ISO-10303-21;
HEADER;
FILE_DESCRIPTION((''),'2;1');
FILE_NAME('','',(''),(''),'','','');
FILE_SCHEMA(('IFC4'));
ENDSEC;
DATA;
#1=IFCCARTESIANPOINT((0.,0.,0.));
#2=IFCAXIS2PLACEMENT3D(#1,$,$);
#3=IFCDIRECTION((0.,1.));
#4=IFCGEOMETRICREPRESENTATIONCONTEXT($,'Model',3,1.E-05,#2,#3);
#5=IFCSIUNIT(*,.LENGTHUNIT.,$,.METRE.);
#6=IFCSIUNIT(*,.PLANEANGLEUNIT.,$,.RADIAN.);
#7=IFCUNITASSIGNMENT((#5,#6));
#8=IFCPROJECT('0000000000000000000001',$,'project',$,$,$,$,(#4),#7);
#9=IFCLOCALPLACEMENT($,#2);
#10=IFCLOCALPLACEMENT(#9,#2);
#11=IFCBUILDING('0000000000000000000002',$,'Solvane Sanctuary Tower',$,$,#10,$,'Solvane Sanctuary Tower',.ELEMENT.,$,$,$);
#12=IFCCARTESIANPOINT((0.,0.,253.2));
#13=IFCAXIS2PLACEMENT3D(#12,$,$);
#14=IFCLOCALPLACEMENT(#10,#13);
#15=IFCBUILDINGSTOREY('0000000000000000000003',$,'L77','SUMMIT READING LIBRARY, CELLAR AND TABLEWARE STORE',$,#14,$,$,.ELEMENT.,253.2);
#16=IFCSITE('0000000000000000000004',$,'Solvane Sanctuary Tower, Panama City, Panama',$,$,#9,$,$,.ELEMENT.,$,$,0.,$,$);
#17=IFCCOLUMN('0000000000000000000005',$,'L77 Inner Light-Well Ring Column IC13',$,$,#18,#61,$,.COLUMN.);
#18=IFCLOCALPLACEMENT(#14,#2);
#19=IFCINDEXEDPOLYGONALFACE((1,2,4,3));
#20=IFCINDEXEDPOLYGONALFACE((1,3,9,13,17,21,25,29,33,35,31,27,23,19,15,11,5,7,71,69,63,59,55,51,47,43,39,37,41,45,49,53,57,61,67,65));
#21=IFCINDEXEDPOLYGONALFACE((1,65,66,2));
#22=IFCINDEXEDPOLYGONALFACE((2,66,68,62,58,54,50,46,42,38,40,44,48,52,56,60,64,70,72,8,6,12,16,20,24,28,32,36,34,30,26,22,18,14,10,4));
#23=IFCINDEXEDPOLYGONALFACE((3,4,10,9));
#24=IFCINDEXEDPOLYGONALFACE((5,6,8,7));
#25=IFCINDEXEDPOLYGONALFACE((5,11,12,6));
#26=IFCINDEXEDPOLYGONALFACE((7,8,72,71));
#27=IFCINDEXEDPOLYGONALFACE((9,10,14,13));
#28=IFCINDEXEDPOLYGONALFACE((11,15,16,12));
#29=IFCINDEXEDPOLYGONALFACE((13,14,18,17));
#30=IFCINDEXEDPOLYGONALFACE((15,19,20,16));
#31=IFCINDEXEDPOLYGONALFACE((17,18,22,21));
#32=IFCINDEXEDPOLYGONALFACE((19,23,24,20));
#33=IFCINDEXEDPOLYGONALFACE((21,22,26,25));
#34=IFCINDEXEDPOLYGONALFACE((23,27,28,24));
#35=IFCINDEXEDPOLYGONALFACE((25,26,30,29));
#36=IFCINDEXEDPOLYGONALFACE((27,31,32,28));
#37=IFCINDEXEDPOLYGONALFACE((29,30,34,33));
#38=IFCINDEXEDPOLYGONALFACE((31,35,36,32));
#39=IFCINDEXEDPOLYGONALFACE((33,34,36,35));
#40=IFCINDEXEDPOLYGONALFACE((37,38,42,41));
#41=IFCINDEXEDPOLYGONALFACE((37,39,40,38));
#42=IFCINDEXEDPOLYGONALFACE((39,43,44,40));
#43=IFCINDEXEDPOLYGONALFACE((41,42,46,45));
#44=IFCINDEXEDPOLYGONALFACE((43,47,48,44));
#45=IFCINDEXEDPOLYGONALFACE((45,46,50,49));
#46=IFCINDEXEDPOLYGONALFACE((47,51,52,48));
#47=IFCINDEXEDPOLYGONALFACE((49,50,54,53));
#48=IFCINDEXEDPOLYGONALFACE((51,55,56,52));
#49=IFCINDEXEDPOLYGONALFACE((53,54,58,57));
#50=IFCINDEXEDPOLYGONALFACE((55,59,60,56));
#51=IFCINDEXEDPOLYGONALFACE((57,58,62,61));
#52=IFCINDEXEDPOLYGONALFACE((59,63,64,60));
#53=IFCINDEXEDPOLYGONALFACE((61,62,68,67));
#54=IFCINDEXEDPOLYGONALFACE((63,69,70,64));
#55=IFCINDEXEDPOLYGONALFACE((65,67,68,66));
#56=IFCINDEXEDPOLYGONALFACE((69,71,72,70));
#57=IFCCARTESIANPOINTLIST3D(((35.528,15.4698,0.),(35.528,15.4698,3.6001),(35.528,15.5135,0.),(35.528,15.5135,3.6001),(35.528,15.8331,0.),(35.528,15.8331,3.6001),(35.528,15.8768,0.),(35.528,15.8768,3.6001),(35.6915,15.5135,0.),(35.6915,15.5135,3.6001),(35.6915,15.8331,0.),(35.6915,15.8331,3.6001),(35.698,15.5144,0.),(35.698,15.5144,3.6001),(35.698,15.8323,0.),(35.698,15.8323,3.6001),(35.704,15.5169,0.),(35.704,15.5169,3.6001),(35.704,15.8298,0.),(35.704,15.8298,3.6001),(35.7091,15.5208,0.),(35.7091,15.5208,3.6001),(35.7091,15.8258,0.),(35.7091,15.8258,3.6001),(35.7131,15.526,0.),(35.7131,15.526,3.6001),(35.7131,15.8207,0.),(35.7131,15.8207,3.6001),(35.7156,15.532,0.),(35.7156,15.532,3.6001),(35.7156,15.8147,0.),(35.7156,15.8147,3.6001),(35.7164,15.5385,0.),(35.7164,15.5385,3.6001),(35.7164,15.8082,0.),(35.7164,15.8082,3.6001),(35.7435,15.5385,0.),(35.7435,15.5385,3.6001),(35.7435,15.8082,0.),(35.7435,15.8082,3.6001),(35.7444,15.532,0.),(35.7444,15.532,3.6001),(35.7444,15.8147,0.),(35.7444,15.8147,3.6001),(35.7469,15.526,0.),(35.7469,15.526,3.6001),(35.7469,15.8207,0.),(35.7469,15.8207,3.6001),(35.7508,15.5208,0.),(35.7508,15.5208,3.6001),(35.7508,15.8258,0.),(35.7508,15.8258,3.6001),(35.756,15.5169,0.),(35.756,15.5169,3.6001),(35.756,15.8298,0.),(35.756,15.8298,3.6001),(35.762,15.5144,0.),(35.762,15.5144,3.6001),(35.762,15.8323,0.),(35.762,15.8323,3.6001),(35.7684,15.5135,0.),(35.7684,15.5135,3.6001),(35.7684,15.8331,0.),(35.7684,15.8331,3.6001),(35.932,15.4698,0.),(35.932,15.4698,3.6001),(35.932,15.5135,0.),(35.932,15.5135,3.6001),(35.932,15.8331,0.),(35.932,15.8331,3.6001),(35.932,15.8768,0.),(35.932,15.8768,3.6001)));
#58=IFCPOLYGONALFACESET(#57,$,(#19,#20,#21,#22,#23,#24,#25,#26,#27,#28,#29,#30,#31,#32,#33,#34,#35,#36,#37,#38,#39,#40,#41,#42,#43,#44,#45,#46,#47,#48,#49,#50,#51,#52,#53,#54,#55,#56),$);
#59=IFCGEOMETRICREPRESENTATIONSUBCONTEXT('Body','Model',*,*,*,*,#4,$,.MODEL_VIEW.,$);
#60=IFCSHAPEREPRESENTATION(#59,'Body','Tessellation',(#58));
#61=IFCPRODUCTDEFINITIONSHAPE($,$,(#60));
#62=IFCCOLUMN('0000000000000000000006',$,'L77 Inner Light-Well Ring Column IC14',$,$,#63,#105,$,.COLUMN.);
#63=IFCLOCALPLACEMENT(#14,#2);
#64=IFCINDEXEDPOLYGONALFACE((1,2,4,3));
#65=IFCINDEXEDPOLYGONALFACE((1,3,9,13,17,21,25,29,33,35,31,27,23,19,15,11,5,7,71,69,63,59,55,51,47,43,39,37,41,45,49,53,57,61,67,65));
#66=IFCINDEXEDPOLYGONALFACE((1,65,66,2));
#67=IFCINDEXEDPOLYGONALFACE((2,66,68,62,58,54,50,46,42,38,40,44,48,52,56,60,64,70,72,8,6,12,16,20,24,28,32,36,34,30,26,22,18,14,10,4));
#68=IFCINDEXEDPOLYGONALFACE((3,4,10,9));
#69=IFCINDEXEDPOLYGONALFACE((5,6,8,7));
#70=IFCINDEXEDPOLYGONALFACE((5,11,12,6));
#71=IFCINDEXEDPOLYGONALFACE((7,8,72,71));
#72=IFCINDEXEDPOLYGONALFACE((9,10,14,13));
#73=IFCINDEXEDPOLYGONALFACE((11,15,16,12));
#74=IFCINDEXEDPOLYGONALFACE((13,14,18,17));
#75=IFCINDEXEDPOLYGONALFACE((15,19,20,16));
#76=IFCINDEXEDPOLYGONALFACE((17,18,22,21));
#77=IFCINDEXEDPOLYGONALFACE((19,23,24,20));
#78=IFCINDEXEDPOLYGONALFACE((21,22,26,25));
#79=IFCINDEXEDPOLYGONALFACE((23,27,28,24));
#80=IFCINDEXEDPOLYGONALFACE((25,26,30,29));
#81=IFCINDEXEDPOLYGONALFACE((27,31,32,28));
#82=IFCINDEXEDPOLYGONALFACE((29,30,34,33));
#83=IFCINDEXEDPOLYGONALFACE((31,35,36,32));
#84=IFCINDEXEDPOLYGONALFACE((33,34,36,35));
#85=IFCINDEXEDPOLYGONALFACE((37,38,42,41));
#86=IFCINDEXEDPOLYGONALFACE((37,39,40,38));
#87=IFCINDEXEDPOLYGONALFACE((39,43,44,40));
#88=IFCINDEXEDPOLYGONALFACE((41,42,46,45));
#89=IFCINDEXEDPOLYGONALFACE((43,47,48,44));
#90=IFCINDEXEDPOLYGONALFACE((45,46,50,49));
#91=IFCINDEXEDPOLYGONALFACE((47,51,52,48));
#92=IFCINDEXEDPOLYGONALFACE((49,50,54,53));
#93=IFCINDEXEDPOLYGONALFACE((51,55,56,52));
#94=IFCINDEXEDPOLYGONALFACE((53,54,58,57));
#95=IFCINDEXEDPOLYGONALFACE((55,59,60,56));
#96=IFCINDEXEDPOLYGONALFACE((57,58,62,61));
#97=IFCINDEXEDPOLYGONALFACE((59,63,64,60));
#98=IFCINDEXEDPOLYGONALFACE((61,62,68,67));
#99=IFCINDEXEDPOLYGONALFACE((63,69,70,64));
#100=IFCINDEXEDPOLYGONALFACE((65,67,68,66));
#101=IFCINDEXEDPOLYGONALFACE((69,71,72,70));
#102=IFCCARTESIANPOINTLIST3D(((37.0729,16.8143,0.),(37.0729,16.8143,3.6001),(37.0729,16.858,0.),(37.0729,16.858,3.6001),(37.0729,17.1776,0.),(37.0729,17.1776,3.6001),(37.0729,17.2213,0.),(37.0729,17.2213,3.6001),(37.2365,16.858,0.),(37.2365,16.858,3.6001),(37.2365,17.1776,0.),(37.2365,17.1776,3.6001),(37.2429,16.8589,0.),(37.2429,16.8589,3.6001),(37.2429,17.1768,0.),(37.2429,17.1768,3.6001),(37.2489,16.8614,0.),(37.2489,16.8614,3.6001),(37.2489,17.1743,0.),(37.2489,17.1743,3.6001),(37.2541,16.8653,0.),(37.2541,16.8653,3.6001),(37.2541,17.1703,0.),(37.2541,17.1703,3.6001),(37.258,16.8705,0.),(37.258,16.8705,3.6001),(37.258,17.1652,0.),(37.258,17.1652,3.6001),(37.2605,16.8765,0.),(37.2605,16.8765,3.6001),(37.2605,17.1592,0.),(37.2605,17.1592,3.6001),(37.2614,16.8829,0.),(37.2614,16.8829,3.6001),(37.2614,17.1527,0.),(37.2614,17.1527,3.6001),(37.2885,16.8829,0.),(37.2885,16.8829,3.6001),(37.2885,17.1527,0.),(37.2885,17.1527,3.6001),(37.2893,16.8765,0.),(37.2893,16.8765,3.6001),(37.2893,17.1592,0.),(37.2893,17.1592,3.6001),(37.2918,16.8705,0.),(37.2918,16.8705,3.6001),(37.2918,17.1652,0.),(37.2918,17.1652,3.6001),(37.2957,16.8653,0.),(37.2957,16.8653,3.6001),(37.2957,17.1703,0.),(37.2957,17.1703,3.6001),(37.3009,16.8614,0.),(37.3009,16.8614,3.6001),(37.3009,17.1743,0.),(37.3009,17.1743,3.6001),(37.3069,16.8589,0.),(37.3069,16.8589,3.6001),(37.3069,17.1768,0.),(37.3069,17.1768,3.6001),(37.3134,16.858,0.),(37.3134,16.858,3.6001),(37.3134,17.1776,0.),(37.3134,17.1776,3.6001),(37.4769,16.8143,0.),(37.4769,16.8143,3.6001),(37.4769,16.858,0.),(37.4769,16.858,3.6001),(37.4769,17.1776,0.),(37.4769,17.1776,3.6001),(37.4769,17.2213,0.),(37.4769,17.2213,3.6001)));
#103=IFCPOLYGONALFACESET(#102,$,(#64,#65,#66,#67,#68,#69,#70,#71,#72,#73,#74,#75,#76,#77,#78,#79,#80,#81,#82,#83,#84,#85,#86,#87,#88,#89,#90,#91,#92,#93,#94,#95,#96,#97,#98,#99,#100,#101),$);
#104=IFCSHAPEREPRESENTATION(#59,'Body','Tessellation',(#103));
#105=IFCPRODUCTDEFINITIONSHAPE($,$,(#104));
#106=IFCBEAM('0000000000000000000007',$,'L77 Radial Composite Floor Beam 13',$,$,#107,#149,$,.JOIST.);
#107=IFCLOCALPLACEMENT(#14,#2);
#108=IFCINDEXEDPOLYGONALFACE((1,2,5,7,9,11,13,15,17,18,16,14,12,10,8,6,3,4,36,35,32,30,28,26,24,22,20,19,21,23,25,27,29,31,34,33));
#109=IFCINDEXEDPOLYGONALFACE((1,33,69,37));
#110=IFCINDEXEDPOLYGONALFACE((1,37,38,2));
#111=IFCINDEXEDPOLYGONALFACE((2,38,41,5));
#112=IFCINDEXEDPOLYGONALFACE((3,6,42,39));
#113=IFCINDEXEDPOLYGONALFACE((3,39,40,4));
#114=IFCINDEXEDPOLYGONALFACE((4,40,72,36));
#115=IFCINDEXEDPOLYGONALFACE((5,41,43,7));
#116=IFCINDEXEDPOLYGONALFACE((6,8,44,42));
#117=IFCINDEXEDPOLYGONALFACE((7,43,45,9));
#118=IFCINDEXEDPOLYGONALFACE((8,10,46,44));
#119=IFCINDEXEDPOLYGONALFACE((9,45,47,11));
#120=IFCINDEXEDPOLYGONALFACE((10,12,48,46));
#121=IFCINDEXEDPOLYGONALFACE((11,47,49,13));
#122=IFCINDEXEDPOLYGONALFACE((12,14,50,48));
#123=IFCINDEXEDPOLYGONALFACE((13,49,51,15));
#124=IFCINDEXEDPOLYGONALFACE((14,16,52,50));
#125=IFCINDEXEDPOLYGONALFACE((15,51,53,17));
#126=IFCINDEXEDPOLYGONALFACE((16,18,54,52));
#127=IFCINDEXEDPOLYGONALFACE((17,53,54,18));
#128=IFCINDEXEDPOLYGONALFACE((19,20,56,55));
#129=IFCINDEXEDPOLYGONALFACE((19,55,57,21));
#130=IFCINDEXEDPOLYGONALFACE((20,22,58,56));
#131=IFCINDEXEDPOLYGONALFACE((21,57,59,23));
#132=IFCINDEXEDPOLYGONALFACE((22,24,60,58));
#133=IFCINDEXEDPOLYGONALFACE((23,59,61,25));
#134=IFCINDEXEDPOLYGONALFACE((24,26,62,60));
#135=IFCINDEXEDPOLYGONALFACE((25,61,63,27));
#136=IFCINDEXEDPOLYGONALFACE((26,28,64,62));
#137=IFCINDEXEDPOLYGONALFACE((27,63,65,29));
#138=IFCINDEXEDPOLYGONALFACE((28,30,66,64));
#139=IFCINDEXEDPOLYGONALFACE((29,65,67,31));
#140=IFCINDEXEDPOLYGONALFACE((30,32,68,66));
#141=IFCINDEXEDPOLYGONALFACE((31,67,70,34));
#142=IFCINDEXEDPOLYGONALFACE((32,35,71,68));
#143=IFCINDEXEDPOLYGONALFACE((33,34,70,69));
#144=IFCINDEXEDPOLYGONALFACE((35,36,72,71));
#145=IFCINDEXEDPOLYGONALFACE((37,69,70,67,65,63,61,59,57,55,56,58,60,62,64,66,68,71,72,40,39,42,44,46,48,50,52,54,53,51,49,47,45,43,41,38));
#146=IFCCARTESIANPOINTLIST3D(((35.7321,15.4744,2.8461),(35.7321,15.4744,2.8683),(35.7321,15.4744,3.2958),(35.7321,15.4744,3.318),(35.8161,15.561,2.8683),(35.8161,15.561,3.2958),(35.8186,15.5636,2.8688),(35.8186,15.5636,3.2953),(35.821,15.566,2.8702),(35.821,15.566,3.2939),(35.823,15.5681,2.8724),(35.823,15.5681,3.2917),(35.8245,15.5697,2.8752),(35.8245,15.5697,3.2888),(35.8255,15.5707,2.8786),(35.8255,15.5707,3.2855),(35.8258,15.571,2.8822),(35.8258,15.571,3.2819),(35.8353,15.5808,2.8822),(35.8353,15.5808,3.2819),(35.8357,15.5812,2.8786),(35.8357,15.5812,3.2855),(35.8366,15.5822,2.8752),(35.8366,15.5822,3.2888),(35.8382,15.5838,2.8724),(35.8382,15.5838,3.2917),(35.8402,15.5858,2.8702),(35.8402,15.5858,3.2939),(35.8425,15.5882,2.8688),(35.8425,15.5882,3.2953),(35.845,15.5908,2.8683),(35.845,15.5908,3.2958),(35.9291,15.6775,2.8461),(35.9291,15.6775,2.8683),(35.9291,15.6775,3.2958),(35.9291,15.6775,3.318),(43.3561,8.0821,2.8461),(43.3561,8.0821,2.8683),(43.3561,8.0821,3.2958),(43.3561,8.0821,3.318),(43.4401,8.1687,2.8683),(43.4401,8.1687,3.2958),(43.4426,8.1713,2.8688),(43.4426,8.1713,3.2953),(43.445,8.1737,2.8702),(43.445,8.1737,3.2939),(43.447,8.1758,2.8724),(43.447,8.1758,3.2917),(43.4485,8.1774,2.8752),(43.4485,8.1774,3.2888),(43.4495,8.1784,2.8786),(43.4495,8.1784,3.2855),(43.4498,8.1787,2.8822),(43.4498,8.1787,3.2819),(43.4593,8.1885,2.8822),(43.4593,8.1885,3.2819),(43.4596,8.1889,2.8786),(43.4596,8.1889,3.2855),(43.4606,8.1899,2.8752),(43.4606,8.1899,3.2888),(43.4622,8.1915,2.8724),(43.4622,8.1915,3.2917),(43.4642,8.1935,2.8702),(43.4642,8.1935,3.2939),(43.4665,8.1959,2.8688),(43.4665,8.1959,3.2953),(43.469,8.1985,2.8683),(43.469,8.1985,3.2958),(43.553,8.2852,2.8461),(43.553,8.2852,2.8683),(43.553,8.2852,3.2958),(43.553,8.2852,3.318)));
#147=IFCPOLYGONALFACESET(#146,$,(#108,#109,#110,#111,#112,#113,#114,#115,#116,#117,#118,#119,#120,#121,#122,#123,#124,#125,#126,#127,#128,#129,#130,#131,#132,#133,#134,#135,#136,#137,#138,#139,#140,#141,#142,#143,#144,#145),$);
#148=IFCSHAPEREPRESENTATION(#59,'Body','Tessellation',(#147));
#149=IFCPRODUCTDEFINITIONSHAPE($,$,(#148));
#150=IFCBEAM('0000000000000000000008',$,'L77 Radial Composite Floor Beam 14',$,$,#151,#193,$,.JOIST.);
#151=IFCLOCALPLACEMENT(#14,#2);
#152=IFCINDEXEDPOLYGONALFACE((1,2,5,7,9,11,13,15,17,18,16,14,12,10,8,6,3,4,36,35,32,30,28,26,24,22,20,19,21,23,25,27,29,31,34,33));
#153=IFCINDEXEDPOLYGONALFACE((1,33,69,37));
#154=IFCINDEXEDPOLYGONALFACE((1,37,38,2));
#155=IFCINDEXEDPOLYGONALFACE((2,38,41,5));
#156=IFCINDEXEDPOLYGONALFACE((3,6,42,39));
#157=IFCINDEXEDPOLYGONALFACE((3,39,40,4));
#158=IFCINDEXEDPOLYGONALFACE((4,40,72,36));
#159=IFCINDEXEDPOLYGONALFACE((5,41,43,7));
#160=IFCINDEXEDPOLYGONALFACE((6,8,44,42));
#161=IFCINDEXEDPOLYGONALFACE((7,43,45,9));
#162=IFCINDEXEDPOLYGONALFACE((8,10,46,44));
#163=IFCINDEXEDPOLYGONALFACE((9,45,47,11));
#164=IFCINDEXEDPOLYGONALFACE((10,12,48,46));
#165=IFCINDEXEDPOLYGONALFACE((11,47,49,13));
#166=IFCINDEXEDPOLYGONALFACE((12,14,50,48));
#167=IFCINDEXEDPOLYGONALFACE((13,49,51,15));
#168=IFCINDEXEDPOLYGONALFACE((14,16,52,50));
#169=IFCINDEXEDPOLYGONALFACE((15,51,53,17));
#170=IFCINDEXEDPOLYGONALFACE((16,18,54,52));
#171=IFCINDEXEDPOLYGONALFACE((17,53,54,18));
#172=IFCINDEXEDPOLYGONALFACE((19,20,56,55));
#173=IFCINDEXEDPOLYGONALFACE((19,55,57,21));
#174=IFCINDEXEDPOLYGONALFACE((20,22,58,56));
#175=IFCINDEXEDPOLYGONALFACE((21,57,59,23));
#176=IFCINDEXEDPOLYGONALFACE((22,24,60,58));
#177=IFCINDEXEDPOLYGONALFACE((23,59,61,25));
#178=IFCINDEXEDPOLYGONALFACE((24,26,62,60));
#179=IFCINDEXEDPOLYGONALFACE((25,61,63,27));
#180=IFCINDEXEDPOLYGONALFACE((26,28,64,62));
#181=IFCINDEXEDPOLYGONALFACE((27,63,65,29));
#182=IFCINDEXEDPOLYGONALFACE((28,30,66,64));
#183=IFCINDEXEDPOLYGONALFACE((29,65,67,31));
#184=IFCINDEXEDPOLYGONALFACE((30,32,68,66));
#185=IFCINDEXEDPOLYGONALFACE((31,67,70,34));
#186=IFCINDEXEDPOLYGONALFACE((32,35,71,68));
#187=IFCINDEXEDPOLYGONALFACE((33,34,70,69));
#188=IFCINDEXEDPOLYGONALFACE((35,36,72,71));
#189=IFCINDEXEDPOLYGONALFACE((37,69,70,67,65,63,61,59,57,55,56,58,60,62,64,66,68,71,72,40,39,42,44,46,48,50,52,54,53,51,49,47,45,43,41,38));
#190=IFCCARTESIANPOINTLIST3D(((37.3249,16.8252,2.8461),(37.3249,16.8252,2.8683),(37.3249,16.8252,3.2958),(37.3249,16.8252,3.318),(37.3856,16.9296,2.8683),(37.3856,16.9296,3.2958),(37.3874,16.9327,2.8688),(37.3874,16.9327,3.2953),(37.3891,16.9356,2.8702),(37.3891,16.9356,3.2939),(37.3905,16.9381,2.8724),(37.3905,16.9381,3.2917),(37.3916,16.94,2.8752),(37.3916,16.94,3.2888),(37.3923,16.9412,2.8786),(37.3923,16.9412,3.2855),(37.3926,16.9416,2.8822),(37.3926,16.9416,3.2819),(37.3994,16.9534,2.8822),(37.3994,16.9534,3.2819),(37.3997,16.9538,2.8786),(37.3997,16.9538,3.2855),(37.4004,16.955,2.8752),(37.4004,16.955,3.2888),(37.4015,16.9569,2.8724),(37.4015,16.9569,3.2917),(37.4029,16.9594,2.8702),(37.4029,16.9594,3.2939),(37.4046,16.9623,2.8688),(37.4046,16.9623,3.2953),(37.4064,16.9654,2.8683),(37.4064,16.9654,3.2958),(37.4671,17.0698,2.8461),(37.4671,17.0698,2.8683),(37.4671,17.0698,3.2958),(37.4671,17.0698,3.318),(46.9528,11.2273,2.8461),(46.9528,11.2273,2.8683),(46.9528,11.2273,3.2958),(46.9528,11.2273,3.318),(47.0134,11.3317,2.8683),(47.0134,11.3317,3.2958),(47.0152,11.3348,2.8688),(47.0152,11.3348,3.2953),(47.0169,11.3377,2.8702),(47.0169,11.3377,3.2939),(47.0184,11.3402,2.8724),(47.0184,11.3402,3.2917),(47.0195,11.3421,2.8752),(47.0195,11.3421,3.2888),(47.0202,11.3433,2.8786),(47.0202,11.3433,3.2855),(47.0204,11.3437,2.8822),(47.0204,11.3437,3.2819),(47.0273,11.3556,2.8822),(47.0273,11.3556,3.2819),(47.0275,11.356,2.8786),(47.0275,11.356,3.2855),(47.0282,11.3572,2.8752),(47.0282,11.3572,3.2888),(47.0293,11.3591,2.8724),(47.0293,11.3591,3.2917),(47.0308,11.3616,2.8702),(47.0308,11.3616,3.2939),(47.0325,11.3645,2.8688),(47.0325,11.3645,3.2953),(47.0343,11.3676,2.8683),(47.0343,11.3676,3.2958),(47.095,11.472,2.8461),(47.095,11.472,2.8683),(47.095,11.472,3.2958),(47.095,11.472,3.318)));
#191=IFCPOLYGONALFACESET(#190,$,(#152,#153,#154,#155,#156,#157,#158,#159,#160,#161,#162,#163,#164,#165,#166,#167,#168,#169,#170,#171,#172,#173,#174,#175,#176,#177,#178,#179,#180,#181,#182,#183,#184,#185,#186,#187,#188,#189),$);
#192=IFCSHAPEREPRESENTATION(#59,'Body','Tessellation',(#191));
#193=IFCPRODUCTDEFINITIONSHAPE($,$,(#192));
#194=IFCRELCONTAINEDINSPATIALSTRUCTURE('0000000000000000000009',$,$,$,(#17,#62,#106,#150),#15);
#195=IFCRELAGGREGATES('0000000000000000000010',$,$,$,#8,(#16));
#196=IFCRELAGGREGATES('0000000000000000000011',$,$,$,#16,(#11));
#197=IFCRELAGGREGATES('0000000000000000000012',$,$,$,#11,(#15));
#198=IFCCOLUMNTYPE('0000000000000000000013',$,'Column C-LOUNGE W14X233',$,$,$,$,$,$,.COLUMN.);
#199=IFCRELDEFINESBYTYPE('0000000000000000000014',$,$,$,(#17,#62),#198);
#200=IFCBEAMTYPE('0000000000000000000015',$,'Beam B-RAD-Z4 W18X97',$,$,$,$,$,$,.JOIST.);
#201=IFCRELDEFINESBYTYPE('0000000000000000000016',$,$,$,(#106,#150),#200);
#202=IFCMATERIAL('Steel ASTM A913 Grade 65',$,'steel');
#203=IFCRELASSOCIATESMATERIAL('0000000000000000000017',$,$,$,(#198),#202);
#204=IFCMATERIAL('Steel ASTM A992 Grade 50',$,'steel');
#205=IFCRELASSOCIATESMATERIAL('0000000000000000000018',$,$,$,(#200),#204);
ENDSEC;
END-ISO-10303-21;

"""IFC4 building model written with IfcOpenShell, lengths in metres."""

from ifc_helpers import new_model, si_unit, direction, frame, origin, origin_2d, place, context, subcontext, project, spatial, i_section, extrude, material, material_profile, profile_set, type_object, element, save


model = new_model("IFC4")

# Units and contexts
model_context = context("Model", 3, precision=1e-05, world=origin(), true_north=direction((0.0, 1.0)))
body_context = subcontext(model_context, "Body", "Model", "MODEL_VIEW")
ifc_project = project(units=[si_unit("LENGTHUNIT", "METRE"), si_unit("PLANEANGLEUNIT", "RADIAN")], contexts=[model_context])

# Site, building, storey
site_placement = place(None, origin())
site = spatial("IfcSite", under=ifc_project, at=site_placement, Name="Solvane Sanctuary Tower, Panama City, Panama", CompositionType="ELEMENT", RefElevation=0.0)
building_placement = place(site_placement, origin())
building = spatial("IfcBuilding", under=site, at=building_placement, Name="Solvane Sanctuary Tower", LongName="Solvane Sanctuary Tower", CompositionType="ELEMENT")
storey_placement = place(building_placement, frame((0.0, 0.0, 253.2)))
storey = spatial("IfcBuildingStorey", under=building, at=storey_placement, Name="L77", Description="SUMMIT READING LIBRARY, CELLAR AND TABLEWARE STORE", CompositionType="ELEMENT", Elevation=253.2)

# Columns
ifc_material_1 = material(Name="Steel ASTM A913 Grade 65", Category="steel")
ifc_material_profile_1 = material_profile(ifc_material_1, i_section(OverallWidth=0.4041, OverallDepth=0.407, WebThickness=0.0271, FlangeThickness=0.0437, FilletRadius=0.0249, at=origin_2d()), Name="W14X233")
ifc_profile_set_1 = profile_set([ifc_material_profile_1], Name="Steel ASTM A913 Grade 65")
column_type = type_object("IfcColumnType", Name="Column C-LOUNGE W14X233", PredefinedType="COLUMN", material=ifc_profile_set_1)
for number, where, z_axis, x_axis, name in (
    (1, (35.73, 15.6733, 0.0), (0.0, 0.0, 1.0), (1.0, 0.0, 0.0), "L77 Inner Light-Well Ring Column IC13"),
    (2, (37.2749, 17.0178, 0.0), (0.0, 0.0, 1.0), (1.0, 0.0, 0.0), "L77 Inner Light-Well Ring Column IC14"),
):
    element("IfcColumn", number, at=place(storey_placement, frame(where, z_axis=z_axis, x_axis=x_axis)), inside=storey, type_object=column_type, Name=name, PredefinedType="COLUMN", context=body_context, shape_type="SweptSolid", body=[
        extrude(i_section(OverallWidth=0.4041, OverallDepth=0.407, WebThickness=0.0271, FlangeThickness=0.0437, FilletRadius=0.0249, at=origin_2d()), origin(), (0.0, 0.0, 1.0), 3.6001),
    ])

# Beams
ifc_material_2 = material(Name="Steel ASTM A992 Grade 50", Category="steel")
ifc_material_profile_2 = material_profile(ifc_material_2, i_section(OverallWidth=0.283, OverallDepth=0.4719, WebThickness=0.0137, FlangeThickness=0.0222, FilletRadius=0.0139, at=origin_2d()), Name="W18X97")
ifc_profile_set_2 = profile_set([ifc_material_profile_2], Name="Steel ASTM A992 Grade 50")
beam_type_1 = type_object("IfcBeamType", Name="Beam B-RAD-Z4 W18X97", PredefinedType="JOIST", material=ifc_profile_set_2)
beam_1_placement = place(storey_placement, frame((35.8306, 15.5759, 3.082), z_axis=(0.717931, -0.696114, 0.0), x_axis=(0.696114, 0.717931, 0.0)))
element("IfcBeam", 3, at=beam_1_placement, inside=storey, type_object=beam_type_1, Name="L77 Radial Composite Floor Beam 13", PredefinedType="JOIST", context=body_context, shape_type="SweptSolid", body=[
    extrude(i_section(OverallWidth=0.283, OverallDepth=0.4719, WebThickness=0.0137, FlangeThickness=0.0222, FilletRadius=0.0139, at=origin_2d()), origin(), (0.0, 0.0, 1.0), 10.6194),
])
beam_2_placement = place(storey_placement, frame((37.396, 16.9475, 3.082), z_axis=(0.864497, -0.502638, 0.0), x_axis=(0.502638, 0.864497, 0.0)))
element("IfcBeam", 4, at=beam_2_placement, inside=storey, type_object=beam_type_1, Name="L77 Radial Composite Floor Beam 14", PredefinedType="JOIST", context=body_context, shape_type="SweptSolid", body=[
    extrude(i_section(OverallWidth=0.283, OverallDepth=0.4719, WebThickness=0.0137, FlangeThickness=0.0222, FilletRadius=0.0139, at=origin_2d()), origin(), (0.0, 0.0, 1.0), 11.137),
])

save(model, "model.ifc")
